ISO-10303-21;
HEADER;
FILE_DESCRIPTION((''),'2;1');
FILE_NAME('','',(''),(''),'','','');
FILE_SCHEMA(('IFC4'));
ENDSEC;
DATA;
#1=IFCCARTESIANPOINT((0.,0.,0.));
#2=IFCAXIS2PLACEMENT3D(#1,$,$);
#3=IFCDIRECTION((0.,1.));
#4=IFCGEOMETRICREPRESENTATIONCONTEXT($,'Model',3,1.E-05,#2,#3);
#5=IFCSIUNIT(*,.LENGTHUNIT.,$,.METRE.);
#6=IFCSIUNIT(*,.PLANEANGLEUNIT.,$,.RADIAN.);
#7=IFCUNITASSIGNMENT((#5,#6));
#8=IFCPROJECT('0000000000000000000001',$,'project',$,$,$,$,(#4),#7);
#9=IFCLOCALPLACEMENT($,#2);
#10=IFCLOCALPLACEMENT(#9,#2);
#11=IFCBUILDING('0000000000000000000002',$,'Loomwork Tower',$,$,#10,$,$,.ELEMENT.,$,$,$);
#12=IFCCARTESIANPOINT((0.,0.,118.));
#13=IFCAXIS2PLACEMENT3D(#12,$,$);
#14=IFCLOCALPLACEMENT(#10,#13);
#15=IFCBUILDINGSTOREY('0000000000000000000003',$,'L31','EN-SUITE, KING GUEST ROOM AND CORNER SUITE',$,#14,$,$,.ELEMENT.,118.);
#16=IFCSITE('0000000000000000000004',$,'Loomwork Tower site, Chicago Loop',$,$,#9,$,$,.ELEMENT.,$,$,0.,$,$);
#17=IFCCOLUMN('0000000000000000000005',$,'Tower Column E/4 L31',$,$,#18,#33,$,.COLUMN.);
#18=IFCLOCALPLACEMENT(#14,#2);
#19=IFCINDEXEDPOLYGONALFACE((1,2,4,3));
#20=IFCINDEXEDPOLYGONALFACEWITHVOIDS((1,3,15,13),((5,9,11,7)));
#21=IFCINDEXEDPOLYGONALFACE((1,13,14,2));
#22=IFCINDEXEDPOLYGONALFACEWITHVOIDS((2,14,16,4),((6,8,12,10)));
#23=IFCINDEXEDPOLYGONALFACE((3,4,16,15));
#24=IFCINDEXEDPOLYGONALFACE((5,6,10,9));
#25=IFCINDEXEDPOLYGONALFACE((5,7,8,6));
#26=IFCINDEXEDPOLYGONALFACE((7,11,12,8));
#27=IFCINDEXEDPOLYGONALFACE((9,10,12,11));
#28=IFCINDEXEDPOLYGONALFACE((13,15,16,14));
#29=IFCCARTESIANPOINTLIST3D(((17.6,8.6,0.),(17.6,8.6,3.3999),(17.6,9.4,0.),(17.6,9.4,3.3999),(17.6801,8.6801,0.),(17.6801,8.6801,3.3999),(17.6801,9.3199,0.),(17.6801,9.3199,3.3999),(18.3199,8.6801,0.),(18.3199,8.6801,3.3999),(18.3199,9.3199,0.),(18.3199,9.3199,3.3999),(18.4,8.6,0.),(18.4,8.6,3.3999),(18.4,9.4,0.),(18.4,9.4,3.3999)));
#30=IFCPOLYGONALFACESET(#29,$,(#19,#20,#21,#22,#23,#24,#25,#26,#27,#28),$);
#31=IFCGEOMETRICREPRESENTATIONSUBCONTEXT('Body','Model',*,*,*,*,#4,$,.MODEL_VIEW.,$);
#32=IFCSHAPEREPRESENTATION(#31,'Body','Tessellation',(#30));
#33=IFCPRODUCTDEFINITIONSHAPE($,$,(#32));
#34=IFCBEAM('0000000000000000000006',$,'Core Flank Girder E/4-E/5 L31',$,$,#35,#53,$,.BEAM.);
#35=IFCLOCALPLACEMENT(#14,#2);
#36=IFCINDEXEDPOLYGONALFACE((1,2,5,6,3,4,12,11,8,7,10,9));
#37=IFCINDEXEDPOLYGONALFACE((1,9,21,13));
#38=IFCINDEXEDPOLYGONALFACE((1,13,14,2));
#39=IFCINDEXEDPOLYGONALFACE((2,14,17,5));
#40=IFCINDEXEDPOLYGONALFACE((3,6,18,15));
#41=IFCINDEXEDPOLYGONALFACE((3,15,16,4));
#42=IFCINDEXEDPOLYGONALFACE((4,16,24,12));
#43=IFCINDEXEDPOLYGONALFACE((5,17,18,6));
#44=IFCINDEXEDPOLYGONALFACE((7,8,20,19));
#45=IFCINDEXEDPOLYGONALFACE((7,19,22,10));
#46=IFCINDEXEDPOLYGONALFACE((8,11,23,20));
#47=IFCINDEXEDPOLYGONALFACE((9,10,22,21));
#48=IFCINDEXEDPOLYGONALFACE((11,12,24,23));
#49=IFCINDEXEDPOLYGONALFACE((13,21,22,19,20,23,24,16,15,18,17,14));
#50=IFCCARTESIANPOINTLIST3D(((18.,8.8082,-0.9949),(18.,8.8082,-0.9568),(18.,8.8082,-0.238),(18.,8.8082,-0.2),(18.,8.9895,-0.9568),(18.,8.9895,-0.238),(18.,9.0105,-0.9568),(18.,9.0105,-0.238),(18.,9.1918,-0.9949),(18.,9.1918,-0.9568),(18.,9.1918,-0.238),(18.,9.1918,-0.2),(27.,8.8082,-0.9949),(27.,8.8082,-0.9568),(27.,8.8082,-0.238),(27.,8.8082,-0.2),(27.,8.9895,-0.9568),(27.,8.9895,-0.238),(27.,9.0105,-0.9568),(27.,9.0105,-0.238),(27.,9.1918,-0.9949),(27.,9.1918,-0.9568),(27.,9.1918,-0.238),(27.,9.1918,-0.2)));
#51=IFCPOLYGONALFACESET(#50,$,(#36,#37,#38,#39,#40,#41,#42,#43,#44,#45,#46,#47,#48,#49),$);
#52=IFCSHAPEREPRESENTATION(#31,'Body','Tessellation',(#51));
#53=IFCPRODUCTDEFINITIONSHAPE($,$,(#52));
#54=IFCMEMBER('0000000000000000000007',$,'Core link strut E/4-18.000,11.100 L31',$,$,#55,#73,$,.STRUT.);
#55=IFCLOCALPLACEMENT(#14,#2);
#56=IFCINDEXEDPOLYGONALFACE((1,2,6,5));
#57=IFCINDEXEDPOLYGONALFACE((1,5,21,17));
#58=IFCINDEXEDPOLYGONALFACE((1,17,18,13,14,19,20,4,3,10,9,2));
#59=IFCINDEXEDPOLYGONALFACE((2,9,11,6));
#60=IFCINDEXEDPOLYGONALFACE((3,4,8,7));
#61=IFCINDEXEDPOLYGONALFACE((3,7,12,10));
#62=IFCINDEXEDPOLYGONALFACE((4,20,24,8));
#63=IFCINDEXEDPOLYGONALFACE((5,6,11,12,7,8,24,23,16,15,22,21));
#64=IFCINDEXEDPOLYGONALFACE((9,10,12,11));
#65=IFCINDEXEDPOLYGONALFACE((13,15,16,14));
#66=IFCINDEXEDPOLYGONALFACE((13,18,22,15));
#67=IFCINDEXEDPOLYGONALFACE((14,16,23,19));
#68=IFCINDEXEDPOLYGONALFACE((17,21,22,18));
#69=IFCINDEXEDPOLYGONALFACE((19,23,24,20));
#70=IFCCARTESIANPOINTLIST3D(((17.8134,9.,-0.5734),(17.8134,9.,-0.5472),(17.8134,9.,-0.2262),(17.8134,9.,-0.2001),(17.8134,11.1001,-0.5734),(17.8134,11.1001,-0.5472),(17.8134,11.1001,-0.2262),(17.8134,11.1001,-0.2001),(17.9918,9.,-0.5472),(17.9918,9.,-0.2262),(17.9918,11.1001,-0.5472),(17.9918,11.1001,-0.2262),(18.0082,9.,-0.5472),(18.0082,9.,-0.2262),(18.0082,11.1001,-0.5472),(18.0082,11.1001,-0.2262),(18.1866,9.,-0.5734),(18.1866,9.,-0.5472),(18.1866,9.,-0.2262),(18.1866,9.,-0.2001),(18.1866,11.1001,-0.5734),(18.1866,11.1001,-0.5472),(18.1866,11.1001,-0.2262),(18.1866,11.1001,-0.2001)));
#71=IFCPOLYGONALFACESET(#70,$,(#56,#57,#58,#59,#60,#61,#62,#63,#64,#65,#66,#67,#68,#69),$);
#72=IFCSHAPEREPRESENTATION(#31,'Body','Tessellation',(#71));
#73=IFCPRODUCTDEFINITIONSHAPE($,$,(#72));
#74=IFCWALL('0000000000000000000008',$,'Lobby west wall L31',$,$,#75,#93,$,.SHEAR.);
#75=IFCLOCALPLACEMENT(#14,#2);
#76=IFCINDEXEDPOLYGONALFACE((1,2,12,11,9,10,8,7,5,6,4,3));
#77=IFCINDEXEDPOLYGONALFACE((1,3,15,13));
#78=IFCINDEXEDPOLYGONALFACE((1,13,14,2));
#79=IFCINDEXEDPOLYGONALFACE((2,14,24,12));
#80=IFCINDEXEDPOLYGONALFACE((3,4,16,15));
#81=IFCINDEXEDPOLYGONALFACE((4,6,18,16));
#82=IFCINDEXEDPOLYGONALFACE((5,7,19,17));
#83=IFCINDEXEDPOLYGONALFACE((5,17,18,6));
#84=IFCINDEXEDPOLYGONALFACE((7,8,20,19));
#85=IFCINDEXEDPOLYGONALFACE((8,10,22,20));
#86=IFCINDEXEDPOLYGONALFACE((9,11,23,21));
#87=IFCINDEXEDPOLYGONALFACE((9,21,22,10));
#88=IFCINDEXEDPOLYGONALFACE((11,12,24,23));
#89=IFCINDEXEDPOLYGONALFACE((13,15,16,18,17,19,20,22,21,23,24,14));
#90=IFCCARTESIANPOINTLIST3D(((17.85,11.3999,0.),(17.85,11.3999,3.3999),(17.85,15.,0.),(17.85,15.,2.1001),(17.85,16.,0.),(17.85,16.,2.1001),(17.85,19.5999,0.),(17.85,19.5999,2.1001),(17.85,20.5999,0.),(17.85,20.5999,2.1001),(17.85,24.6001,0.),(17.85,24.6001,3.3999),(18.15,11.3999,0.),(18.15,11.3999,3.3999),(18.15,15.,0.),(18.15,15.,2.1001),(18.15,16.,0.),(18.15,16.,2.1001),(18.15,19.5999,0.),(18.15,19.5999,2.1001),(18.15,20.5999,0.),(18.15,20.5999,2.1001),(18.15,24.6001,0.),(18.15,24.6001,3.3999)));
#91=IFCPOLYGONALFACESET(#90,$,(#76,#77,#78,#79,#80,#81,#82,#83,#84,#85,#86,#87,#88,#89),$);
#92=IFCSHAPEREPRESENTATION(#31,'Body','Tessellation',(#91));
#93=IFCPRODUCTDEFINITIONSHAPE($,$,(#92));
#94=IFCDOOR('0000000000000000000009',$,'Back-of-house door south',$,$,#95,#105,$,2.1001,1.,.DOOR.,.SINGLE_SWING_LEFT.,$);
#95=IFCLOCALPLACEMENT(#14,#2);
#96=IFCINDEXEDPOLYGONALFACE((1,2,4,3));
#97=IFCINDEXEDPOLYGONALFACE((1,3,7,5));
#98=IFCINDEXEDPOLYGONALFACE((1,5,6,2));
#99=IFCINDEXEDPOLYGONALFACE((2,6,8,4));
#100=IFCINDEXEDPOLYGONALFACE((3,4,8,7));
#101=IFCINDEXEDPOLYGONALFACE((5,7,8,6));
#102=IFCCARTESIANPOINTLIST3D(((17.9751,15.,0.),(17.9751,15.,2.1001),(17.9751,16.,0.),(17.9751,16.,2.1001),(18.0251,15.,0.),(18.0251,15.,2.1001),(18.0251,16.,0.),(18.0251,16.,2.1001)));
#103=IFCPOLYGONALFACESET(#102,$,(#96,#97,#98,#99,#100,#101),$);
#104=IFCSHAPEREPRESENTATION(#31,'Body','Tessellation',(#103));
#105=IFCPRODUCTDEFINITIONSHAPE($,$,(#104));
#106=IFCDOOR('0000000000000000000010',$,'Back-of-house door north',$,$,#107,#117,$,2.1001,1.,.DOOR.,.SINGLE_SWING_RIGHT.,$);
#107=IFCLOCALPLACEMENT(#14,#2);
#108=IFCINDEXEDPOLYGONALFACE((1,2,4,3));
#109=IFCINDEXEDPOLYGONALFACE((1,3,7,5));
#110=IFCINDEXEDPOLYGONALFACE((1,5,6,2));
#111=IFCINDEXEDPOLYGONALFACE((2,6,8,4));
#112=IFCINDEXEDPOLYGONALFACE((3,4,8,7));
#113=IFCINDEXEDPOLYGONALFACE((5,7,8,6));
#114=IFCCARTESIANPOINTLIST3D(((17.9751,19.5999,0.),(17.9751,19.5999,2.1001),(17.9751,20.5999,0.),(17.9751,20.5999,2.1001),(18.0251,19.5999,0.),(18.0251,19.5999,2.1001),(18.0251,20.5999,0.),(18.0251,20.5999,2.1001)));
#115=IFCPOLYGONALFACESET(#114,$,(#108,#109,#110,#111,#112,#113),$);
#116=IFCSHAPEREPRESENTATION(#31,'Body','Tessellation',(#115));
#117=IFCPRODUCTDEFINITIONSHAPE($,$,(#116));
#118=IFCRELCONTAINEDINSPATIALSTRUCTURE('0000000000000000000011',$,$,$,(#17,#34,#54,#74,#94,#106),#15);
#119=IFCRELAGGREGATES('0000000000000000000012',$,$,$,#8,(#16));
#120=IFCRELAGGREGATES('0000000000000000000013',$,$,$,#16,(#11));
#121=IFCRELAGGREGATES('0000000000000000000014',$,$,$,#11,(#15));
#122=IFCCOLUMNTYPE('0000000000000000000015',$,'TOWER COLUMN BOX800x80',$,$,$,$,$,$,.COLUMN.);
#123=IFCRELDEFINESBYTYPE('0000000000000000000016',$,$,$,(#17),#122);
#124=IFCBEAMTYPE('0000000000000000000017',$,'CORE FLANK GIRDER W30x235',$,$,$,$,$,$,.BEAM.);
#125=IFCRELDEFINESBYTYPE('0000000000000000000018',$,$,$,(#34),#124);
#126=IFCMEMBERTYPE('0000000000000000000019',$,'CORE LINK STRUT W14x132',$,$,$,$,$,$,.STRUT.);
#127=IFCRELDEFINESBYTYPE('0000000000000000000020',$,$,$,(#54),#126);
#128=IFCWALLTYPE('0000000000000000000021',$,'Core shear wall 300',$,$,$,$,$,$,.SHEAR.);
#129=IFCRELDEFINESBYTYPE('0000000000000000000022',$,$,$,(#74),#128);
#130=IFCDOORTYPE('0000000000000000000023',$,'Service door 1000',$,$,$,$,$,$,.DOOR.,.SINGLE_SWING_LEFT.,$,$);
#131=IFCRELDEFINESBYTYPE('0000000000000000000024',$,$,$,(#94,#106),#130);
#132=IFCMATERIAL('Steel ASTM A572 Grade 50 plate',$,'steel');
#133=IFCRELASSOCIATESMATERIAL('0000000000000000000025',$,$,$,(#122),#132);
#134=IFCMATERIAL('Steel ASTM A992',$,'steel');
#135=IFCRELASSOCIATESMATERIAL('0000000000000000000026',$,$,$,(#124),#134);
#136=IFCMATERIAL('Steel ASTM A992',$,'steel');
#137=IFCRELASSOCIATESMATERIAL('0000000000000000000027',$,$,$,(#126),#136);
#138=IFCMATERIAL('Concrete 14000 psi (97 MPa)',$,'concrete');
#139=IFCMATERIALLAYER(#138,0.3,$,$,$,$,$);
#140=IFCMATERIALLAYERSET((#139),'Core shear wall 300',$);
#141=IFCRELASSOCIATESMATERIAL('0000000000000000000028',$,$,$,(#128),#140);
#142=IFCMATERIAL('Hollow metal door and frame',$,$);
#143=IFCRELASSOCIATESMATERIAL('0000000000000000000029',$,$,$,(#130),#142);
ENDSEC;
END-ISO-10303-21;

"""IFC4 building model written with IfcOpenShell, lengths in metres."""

from ifc_helpers import new_model, si_unit, direction, frame, frame_2d, origin, origin_2d, place, context, subcontext, project, spatial, rectangle, hollow_rectangle, i_section, extrude, material, layer, layer_set, material_profile, profile_set, type_object, element, fill, save


model = new_model("IFC4")

# Units and contexts
model_context = context("Model", 3, precision=1e-05, world=origin(), true_north=direction((0.0, 1.0)))
body_context = subcontext(model_context, "Body", "Model", "MODEL_VIEW")
ifc_project = project(units=[si_unit("LENGTHUNIT", "METRE"), si_unit("PLANEANGLEUNIT", "RADIAN")], contexts=[model_context])

# Site, building, storey
site_placement = place(None, origin())
site = spatial("IfcSite", under=ifc_project, at=site_placement, Name="Loomwork Tower site, Chicago Loop", CompositionType="ELEMENT", RefElevation=0.0)
building_placement = place(site_placement, origin())
building = spatial("IfcBuilding", under=site, at=building_placement, Name="Loomwork Tower", CompositionType="ELEMENT")
storey_placement = place(building_placement, frame((0.0, 0.0, 118.0)))
storey = spatial("IfcBuildingStorey", under=building, at=storey_placement, Name="L31", Description="EN-SUITE, KING GUEST ROOM AND CORNER SUITE", CompositionType="ELEMENT", Elevation=118.0)

# Column
ifc_material_1 = material(Name="Steel ASTM A572 Grade 50 plate", Category="steel")
ifc_material_profile_1 = material_profile(ifc_material_1, hollow_rectangle(XDim=0.8, YDim=0.8, WallThickness=0.0801, at=origin_2d()), Name="BOX800x80")
ifc_profile_set_1 = profile_set([ifc_material_profile_1], Name="Steel ASTM A572 Grade 50 plate")
column_type = type_object("IfcColumnType", Name="TOWER COLUMN BOX800x80", PredefinedType="COLUMN", material=ifc_profile_set_1)
column_placement = place(storey_placement, frame((18.0, 9.0, 0.0), z_axis=(0.0, 0.0, 1.0), x_axis=(1.0, 0.0, 0.0)))
element("IfcColumn", 1, at=column_placement, inside=storey, type_object=column_type, Name="Tower Column E/4 L31", PredefinedType="COLUMN", context=body_context, shape_type="SweptSolid", body=[
    extrude(hollow_rectangle(XDim=0.8, YDim=0.8, WallThickness=0.0801, at=origin_2d()), origin(), (0.0, 0.0, 1.0), 3.3999),
])

# Beam
ifc_material_2 = material(Name="Steel ASTM A992", Category="steel")
ifc_material_profile_2 = material_profile(ifc_material_2, i_section(OverallWidth=0.3835, OverallDepth=0.7949, WebThickness=0.021, FlangeThickness=0.0381, at=origin_2d()), Name="W30x235")
ifc_profile_set_2 = profile_set([ifc_material_profile_2], Name="Steel ASTM A992")
beam_type = type_object("IfcBeamType", Name="CORE FLANK GIRDER W30x235", PredefinedType="BEAM", material=ifc_profile_set_2)
beam_placement = place(storey_placement, frame((18.0, 9.0, -0.5974), z_axis=(1.0, 0.0, 0.0), x_axis=(0.0, 1.0, 0.0)))
element("IfcBeam", 2, at=beam_placement, inside=storey, type_object=beam_type, Name="Core Flank Girder E/4-E/5 L31", PredefinedType="BEAM", context=body_context, shape_type="SweptSolid", body=[
    extrude(i_section(OverallWidth=0.3835, OverallDepth=0.7949, WebThickness=0.021, FlangeThickness=0.0381, at=origin_2d()), origin(), (0.0, 0.0, 1.0), 9.0),
])

# Member
ifc_material_3 = material(Name="Steel ASTM A992", Category="steel")
ifc_material_profile_3 = material_profile(ifc_material_3, i_section(OverallWidth=0.3733, OverallDepth=0.3733, WebThickness=0.0164, FlangeThickness=0.0261, at=origin_2d()), Name="W14x132")
ifc_profile_set_3 = profile_set([ifc_material_profile_3], Name="Steel ASTM A992")
member_type = type_object("IfcMemberType", Name="CORE LINK STRUT W14x132", PredefinedType="STRUT", material=ifc_profile_set_3)
member_placement = place(storey_placement, frame((18.0, 9.0, -0.3867), z_axis=(0.0, 1.0, 0.0), x_axis=(-1.0, 0.0, 0.0)))
element("IfcMember", 3, at=member_placement, inside=storey, type_object=member_type, Name="Core link strut E/4-18.000,11.100 L31", PredefinedType="STRUT", context=body_context, shape_type="SweptSolid", body=[
    extrude(i_section(OverallWidth=0.3733, OverallDepth=0.3733, WebThickness=0.0164, FlangeThickness=0.0261, at=origin_2d()), origin(), (0.0, 0.0, 1.0), 2.1001),
])

# Wall, openings, doors
ifc_material_4 = material(Name="Concrete 14000 psi (97 MPa)", Category="concrete")
ifc_layer_1 = layer(ifc_material_4, 0.3)
ifc_layer_set_1 = layer_set([ifc_layer_1], Name="Core shear wall 300")
wall_type_1 = type_object("IfcWallType", Name="Core shear wall 300", PredefinedType="SHEAR", material=ifc_layer_set_1)
wall_1_placement = place(storey_placement, frame((18.0, 11.3999, 0.0), z_axis=(0.0, 0.0, 1.0), x_axis=(0.0, 1.0, 0.0)))
wall_1 = element("IfcWall", 4, at=wall_1_placement, inside=storey, type_object=wall_type_1, Name="Lobby west wall L31", PredefinedType="SHEAR", context=body_context, shape_type="SweptSolid", body=[
    extrude(rectangle(XDim=13.2002, YDim=0.3, at=frame_2d((6.6001, 0.0))), origin(), (0.0, 0.0, 1.0), 3.3999),
])
opening_1_placement = place(wall_1_placement, frame((3.6001, 0.0, 0.0)))
opening_1 = element("IfcOpeningElement", 5, at=opening_1_placement, cuts=wall_1, PredefinedType="OPENING", context=body_context, shape_type="SweptSolid", body=[
    extrude(rectangle(XDim=1.0, YDim=2.1001, at=frame_2d((0.5, 1.05))), frame((0.0, 0.1599, 0.0), z_axis=(0.0, -1.0, 0.0), x_axis=(1.0, 0.0, 0.0)), (0.0, 0.0, 1.0), 0.3201),
])
opening_2_placement = place(wall_1_placement, frame((8.2, 0.0, 0.0)))
opening_2 = element("IfcOpeningElement", 6, at=opening_2_placement, cuts=wall_1, PredefinedType="OPENING", context=body_context, shape_type="SweptSolid", body=[
    extrude(rectangle(XDim=1.0, YDim=2.1001, at=frame_2d((0.5, 1.05))), frame((0.0, 0.1599, 0.0), z_axis=(0.0, -1.0, 0.0), x_axis=(1.0, 0.0, 0.0)), (0.0, 0.0, 1.0), 0.3201),
])
ifc_material_5 = material(Name="Hollow metal door and frame")
door_type_1 = type_object("IfcDoorType", Name="Service door 1000", OperationType="SINGLE_SWING_LEFT", PredefinedType="DOOR", material=ifc_material_5)
door_1_placement = place(opening_1_placement, origin())
door_1 = element("IfcDoor", 7, at=door_1_placement, inside=storey, type_object=door_type_1, Name="Back-of-house door south", OperationType="SINGLE_SWING_LEFT", OverallHeight=2.1001, OverallWidth=1.0, PredefinedType="DOOR", context=body_context, shape_type="SweptSolid", body=[
    extrude(rectangle(XDim=1.0, YDim=2.1001, at=frame_2d((0.5, 1.05))), frame((0.0, 0.0249, 0.0), z_axis=(0.0, -1.0, 0.0), x_axis=(1.0, 0.0, 0.0)), (0.0, 0.0, 1.0), 0.05),
])
fill(opening_1, door_1)
door_2_placement = place(opening_2_placement, origin())
door_2 = element("IfcDoor", 8, at=door_2_placement, inside=storey, type_object=door_type_1, Name="Back-of-house door north", OperationType="SINGLE_SWING_RIGHT", OverallHeight=2.1001, OverallWidth=1.0, PredefinedType="DOOR", context=body_context, shape_type="SweptSolid", body=[
    extrude(rectangle(XDim=1.0, YDim=2.1001, at=frame_2d((0.5, 1.05))), frame((0.0, 0.0249, 0.0), z_axis=(0.0, -1.0, 0.0), x_axis=(1.0, 0.0, 0.0)), (0.0, 0.0, 1.0), 0.05),
])
fill(opening_2, door_2)

save(model, "model.ifc")
